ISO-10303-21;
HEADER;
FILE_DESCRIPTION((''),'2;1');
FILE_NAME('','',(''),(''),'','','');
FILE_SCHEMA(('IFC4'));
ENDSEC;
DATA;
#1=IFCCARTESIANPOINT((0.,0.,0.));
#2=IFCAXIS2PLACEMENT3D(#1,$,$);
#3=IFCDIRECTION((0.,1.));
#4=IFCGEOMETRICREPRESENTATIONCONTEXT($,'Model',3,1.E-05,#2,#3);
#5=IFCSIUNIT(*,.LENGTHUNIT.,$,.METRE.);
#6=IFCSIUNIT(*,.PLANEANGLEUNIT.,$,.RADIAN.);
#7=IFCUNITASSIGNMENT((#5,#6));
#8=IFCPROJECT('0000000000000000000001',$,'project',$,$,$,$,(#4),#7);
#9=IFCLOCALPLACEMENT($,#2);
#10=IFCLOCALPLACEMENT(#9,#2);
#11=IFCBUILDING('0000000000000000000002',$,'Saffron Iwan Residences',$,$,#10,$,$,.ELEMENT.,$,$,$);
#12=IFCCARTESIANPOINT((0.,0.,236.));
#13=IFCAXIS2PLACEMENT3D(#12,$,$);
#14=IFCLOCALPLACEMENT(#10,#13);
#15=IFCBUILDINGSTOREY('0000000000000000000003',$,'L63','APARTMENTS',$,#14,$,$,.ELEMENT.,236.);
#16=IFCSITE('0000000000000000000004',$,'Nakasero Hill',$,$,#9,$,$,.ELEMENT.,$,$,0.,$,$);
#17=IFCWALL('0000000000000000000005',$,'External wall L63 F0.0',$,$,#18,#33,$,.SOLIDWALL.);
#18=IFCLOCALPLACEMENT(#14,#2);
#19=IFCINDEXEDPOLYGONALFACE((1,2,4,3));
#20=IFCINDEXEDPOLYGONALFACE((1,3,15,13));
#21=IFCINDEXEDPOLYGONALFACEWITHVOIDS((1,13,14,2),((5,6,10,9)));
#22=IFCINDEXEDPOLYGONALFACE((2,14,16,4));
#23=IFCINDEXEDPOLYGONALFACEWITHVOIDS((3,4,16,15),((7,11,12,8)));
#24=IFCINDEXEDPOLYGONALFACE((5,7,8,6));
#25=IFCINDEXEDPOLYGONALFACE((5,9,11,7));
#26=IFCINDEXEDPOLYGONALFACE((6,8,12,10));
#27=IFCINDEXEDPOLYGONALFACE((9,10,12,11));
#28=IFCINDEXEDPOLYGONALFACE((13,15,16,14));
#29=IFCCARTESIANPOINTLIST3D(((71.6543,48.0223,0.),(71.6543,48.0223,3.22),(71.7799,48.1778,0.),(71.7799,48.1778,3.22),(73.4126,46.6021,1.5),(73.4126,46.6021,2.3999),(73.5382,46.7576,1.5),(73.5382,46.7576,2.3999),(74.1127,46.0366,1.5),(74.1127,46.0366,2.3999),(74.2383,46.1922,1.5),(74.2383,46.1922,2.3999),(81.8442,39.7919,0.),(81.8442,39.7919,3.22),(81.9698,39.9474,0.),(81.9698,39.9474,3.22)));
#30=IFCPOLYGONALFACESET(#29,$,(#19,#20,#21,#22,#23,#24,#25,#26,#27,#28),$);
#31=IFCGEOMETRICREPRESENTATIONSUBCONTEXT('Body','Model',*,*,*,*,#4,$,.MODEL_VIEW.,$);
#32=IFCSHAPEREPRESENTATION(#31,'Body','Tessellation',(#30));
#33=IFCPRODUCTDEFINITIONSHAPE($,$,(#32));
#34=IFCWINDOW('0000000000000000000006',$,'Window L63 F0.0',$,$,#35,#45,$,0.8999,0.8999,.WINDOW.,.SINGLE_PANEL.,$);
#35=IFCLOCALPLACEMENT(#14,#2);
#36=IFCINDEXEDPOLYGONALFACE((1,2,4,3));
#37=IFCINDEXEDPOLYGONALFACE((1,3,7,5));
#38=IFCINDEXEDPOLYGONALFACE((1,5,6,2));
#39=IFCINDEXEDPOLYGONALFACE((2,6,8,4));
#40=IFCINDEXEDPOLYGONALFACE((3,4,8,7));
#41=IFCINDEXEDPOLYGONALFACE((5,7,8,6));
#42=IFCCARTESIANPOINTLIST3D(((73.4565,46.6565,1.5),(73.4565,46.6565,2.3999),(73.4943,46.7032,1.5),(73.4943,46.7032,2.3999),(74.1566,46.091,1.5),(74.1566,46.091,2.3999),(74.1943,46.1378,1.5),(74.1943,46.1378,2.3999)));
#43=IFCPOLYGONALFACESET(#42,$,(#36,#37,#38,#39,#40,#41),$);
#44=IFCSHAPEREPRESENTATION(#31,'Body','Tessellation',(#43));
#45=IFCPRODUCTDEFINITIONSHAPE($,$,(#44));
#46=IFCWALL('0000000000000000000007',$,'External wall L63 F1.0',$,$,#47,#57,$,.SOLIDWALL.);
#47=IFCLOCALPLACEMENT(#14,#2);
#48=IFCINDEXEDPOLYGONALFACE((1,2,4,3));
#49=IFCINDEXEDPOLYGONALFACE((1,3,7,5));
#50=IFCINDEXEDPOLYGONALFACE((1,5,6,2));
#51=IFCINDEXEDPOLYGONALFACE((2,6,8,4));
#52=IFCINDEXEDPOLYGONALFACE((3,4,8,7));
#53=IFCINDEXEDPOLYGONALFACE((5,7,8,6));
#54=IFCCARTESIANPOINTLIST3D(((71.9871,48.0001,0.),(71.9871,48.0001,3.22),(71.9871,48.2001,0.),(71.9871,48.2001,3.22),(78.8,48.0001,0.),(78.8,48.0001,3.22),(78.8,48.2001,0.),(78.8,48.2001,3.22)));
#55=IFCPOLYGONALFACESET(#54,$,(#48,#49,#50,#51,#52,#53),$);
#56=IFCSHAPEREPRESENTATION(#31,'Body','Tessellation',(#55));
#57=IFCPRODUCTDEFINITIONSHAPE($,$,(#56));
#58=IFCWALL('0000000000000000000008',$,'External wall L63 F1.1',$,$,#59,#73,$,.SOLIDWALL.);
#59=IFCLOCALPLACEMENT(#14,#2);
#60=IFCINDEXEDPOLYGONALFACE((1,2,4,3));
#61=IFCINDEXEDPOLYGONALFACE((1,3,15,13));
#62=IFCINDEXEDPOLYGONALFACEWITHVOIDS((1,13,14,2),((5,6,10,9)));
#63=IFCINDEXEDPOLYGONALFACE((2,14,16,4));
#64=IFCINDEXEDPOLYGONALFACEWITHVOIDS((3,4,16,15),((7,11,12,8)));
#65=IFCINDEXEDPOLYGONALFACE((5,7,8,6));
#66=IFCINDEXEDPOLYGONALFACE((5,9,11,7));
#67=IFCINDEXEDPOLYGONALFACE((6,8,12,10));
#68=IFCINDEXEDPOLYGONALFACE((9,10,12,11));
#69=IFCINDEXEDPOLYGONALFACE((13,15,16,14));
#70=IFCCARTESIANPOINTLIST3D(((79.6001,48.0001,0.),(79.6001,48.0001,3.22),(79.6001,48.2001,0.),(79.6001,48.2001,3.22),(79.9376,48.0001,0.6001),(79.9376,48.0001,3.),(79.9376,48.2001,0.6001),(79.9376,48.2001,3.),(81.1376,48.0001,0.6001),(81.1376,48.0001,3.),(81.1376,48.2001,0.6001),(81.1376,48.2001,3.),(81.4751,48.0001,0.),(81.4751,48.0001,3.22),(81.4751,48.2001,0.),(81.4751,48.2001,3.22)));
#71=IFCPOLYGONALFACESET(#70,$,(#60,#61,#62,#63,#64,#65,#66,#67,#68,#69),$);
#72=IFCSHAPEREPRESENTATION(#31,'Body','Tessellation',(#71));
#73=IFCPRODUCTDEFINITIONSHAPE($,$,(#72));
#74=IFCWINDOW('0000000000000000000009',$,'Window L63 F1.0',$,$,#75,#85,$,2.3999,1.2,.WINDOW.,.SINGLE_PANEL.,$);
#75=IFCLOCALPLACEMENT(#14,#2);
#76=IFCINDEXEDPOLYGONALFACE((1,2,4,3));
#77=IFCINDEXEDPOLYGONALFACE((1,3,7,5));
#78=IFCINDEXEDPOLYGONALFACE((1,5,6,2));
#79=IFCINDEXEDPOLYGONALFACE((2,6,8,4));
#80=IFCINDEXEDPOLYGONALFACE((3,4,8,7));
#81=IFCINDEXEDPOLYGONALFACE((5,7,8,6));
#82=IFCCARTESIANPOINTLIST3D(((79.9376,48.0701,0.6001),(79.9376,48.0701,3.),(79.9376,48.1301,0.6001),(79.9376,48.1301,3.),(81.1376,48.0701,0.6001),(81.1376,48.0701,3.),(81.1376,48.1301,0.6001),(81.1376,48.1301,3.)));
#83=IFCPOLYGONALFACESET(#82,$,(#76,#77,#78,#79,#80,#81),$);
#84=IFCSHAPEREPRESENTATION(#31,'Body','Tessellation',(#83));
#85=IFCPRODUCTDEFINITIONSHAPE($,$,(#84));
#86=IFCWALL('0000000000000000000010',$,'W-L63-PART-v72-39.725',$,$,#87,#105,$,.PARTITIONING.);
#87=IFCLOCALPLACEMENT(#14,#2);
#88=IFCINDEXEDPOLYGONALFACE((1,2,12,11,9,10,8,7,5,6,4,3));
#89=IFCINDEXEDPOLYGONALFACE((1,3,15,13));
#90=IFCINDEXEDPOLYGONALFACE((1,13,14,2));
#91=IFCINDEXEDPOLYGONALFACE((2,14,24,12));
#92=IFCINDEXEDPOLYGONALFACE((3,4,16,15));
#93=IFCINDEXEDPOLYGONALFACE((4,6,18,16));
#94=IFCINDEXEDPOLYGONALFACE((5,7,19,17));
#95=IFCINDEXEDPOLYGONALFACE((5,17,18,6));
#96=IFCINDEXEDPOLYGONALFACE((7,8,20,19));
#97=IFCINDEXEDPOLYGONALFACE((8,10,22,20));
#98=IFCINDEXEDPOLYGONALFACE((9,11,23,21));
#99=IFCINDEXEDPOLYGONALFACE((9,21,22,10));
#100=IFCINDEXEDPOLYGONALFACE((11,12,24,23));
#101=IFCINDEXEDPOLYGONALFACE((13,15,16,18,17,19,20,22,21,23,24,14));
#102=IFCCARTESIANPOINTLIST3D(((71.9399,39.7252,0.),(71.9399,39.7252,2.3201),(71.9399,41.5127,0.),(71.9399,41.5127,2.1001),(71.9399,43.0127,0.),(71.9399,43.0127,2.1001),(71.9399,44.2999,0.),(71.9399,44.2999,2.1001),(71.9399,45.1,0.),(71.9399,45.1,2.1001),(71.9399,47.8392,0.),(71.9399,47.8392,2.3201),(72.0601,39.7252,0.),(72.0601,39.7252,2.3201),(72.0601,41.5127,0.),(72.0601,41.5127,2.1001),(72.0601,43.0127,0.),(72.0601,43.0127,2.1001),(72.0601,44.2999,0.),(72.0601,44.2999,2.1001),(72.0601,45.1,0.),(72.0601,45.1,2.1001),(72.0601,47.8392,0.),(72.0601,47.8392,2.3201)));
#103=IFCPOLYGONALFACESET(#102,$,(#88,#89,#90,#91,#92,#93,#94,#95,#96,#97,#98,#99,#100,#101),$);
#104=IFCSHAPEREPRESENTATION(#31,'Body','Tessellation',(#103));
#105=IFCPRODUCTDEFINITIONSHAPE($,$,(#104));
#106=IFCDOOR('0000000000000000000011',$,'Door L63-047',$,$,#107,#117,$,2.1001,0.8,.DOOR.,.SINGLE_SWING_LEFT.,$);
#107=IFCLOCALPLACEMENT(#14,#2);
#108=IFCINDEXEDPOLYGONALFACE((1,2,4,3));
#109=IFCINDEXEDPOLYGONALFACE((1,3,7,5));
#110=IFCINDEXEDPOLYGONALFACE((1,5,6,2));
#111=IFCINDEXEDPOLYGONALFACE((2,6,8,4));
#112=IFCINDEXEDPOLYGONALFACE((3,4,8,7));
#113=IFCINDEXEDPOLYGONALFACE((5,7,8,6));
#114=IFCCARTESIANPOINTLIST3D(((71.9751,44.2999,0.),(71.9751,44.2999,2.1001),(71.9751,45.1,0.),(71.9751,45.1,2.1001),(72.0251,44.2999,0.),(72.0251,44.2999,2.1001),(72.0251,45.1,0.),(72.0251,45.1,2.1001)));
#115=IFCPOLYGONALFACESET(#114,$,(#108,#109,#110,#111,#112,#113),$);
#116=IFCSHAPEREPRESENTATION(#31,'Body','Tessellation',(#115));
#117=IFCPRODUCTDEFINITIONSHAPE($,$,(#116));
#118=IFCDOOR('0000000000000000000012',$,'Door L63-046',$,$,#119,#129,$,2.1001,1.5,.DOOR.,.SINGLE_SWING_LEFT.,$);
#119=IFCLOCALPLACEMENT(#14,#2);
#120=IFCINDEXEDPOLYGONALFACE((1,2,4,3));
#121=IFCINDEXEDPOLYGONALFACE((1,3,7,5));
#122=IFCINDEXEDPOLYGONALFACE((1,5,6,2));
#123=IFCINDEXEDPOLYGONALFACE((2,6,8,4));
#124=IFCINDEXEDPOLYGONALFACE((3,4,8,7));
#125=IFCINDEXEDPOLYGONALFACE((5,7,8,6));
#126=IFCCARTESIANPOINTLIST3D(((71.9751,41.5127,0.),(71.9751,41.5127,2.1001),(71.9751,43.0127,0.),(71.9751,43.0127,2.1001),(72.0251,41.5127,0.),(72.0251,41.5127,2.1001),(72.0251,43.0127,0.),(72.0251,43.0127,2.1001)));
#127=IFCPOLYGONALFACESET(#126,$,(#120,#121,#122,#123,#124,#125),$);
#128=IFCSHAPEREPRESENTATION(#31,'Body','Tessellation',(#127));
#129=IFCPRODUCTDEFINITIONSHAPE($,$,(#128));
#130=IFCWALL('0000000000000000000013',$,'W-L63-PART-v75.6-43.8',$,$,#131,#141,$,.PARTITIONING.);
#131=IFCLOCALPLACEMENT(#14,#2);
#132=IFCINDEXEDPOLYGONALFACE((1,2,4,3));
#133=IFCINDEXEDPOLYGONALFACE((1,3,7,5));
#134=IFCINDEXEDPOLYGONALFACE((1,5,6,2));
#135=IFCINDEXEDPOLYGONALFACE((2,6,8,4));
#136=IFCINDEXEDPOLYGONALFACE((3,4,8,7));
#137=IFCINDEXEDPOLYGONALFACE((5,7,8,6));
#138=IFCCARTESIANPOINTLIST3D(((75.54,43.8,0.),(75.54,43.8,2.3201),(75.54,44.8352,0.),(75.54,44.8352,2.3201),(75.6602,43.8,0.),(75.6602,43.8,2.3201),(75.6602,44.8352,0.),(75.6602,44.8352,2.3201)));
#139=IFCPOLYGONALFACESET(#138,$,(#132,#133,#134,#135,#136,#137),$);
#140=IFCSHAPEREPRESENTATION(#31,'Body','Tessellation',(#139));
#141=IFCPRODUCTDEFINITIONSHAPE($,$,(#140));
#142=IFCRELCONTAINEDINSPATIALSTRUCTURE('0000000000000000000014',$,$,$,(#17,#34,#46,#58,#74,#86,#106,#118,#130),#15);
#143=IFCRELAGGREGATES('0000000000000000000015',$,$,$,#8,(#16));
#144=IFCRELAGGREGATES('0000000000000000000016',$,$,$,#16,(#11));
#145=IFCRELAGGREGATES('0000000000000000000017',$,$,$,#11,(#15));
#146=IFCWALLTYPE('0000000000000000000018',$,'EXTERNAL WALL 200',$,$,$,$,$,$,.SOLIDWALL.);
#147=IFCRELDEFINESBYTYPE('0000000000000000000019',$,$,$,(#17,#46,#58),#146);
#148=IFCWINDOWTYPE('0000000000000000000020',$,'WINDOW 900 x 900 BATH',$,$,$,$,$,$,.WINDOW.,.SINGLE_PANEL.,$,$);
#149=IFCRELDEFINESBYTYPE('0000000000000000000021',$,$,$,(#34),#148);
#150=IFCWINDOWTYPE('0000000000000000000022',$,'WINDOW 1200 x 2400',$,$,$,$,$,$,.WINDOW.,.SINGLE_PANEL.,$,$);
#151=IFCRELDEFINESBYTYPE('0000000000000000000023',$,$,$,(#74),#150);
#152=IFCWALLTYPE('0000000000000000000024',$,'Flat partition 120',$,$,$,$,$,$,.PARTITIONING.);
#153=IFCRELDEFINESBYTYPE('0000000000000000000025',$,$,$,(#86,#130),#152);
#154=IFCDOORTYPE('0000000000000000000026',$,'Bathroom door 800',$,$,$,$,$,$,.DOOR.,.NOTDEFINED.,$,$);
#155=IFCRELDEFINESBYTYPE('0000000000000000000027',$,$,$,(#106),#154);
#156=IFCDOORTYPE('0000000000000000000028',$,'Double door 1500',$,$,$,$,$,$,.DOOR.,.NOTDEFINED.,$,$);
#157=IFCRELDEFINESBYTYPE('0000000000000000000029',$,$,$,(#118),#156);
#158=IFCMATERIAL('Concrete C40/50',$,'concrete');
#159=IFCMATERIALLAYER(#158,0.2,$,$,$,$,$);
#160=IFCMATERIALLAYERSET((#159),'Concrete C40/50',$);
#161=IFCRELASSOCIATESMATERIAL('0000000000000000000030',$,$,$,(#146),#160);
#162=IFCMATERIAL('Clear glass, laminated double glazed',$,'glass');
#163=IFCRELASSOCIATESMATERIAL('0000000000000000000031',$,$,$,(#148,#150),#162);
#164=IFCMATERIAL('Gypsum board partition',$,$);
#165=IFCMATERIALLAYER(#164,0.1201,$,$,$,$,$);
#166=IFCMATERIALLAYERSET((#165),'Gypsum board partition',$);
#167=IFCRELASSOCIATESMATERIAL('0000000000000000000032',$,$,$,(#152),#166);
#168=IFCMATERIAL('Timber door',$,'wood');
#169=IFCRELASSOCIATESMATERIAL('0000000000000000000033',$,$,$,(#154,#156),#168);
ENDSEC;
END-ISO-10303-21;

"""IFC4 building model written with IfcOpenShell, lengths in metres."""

from ifc_helpers import new_model, si_unit, direction, frame, frame_2d, origin, place, context, subcontext, project, spatial, rectangle, extrude, material, layer, layer_set, type_object, element, fill, save


model = new_model("IFC4")

# Units and contexts
model_context = context("Model", 3, precision=1e-05, world=origin(), true_north=direction((0.0, 1.0)))
body_context = subcontext(model_context, "Body", "Model", "MODEL_VIEW")
ifc_project = project(units=[si_unit("LENGTHUNIT", "METRE"), si_unit("PLANEANGLEUNIT", "RADIAN")], contexts=[model_context])

# Site, building, storey
site_placement = place(None, origin())
site = spatial("IfcSite", under=ifc_project, at=site_placement, Name="Nakasero Hill", CompositionType="ELEMENT", RefElevation=0.0)
building_placement = place(site_placement, origin())
building = spatial("IfcBuilding", under=site, at=building_placement, Name="Saffron Iwan Residences", CompositionType="ELEMENT")
storey_placement = place(building_placement, frame((0.0, 0.0, 236.0)))
storey = spatial("IfcBuildingStorey", under=building, at=storey_placement, Name="L63", Description="APARTMENTS", CompositionType="ELEMENT", Elevation=236.0)

# Shared definitions
ifc_material_1 = material(Name="Concrete C40/50", Category="concrete")

# Wall, opening, window
ifc_layer_1 = layer(ifc_material_1, 0.2)
ifc_layer_set_1 = layer_set([ifc_layer_1], Name="Concrete C40/50")
wall_type_1 = type_object("IfcWallType", Name="EXTERNAL WALL 200", PredefinedType="SOLIDWALL", material=ifc_layer_set_1)
wall_1_placement = place(storey_placement, frame((81.907, 39.8696, 0.0), z_axis=(0.0, 0.0, 1.0), x_axis=(-0.777936, 0.628343, 0.0)))
wall_1 = element("IfcWall", 1, at=wall_1_placement, inside=storey, type_object=wall_type_1, Name="External wall L63 F0.0", PredefinedType="SOLIDWALL", context=body_context, shape_type="SweptSolid", body=[
    extrude(rectangle(XDim=13.0986, YDim=0.2, at=frame_2d((6.5493, 0.0))), origin(), (0.0, 0.0, 1.0), 3.22),
])
opening_1_placement = place(wall_1_placement, frame((9.9385, 0.0, 1.5)))
opening_1 = element("IfcOpeningElement", 2, at=opening_1_placement, cuts=wall_1, PredefinedType="OPENING", context=body_context, shape_type="SweptSolid", body=[
    extrude(rectangle(XDim=0.8999, YDim=0.8999, at=frame_2d((0.45, 0.45))), frame((0.0, 0.1099, 0.0), z_axis=(0.0, -1.0, 0.0), x_axis=(1.0, 0.0, 0.0)), (0.0, 0.0, 1.0), 0.22),
])
ifc_material_2 = material(Name="Clear glass, laminated double glazed", Category="glass")
window_type_1 = type_object("IfcWindowType", Name="WINDOW 900 x 900 BATH", PartitioningType="SINGLE_PANEL", PredefinedType="WINDOW", material=ifc_material_2)
window_1_placement = place(opening_1_placement, origin())
window_1 = element("IfcWindow", 3, at=window_1_placement, inside=storey, type_object=window_type_1, Name="Window L63 F0.0", OverallHeight=0.8999, OverallWidth=0.8999, PartitioningType="SINGLE_PANEL", PredefinedType="WINDOW", context=body_context, shape_type="SweptSolid", body=[
    extrude(rectangle(XDim=0.8999, YDim=0.8999, at=frame_2d((0.45, 0.45))), frame((0.0, 0.03, 0.0), z_axis=(0.0, -1.0, 0.0), x_axis=(1.0, 0.0, 0.0)), (0.0, 0.0, 1.0), 0.0601),
])
fill(opening_1, window_1)

# Wall
wall_2_placement = place(storey_placement, frame((71.9871, 48.1001, 0.0), z_axis=(0.0, 0.0, 1.0), x_axis=(1.0, 0.0, 0.0)))
element("IfcWall", 4, at=wall_2_placement, inside=storey, type_object=wall_type_1, Name="External wall L63 F1.0", PredefinedType="SOLIDWALL", context=body_context, shape_type="SweptSolid", body=[
    extrude(rectangle(XDim=6.813, YDim=0.2, at=frame_2d((3.4065, 0.0))), origin(), (0.0, 0.0, 1.0), 3.22),
])

# Wall, opening, window
wall_3_placement = place(storey_placement, frame((79.6001, 48.1001, 0.0), z_axis=(0.0, 0.0, 1.0), x_axis=(1.0, 0.0, 0.0)))
wall_3 = element("IfcWall", 5, at=wall_3_placement, inside=storey, type_object=wall_type_1, Name="External wall L63 F1.1", PredefinedType="SOLIDWALL", context=body_context, shape_type="SweptSolid", body=[
    extrude(rectangle(XDim=1.875, YDim=0.2, at=frame_2d((0.9375, 0.0))), origin(), (0.0, 0.0, 1.0), 3.22),
])
opening_2_placement = place(wall_3_placement, frame((0.3374, 0.0, 0.6001)))
opening_2 = element("IfcOpeningElement", 6, at=opening_2_placement, cuts=wall_3, PredefinedType="OPENING", context=body_context, shape_type="SweptSolid", body=[
    extrude(rectangle(XDim=1.2, YDim=2.3999, at=frame_2d((0.6001, 1.2))), frame((0.0, 0.1099, 0.0), z_axis=(0.0, -1.0, 0.0), x_axis=(1.0, 0.0, 0.0)), (0.0, 0.0, 1.0), 0.22),
])
window_type_2 = type_object("IfcWindowType", Name="WINDOW 1200 x 2400", PartitioningType="SINGLE_PANEL", PredefinedType="WINDOW", material=ifc_material_2)
window_2_placement = place(opening_2_placement, origin())
window_2 = element("IfcWindow", 7, at=window_2_placement, inside=storey, type_object=window_type_2, Name="Window L63 F1.0", OverallHeight=2.3999, OverallWidth=1.2, PartitioningType="SINGLE_PANEL", PredefinedType="WINDOW", context=body_context, shape_type="SweptSolid", body=[
    extrude(rectangle(XDim=1.2, YDim=2.3999, at=frame_2d((0.6001, 1.2))), frame((0.0, 0.03, 0.0), z_axis=(0.0, -1.0, 0.0), x_axis=(1.0, 0.0, 0.0)), (0.0, 0.0, 1.0), 0.0601),
])
fill(opening_2, window_2)

# Wall, openings, doors
ifc_material_3 = material(Name="Gypsum board partition")
ifc_layer_2 = layer(ifc_material_3, 0.1201)
ifc_layer_set_2 = layer_set([ifc_layer_2], Name="Gypsum board partition")
wall_type_2 = type_object("IfcWallType", Name="Flat partition 120", PredefinedType="PARTITIONING", material=ifc_layer_set_2)
wall_4_placement = place(storey_placement, frame((72.0, 39.7251, 0.0), z_axis=(0.0, 0.0, 1.0), x_axis=(0.0, 1.0, 0.0)))
wall_4 = element("IfcWall", 8, at=wall_4_placement, inside=storey, type_object=wall_type_2, Name="W-L63-PART-v72-39.725", PredefinedType="PARTITIONING", context=body_context, shape_type="SweptSolid", body=[
    extrude(rectangle(XDim=8.114, YDim=0.1201, at=frame_2d((4.0571, 0.0))), origin(), (0.0, 0.0, 1.0), 2.3201),
])
opening_3_placement = place(wall_4_placement, frame((1.7876, 0.0, 0.0)))
opening_3 = element("IfcOpeningElement", 9, at=opening_3_placement, cuts=wall_4, PredefinedType="OPENING", context=body_context, shape_type="SweptSolid", body=[
    extrude(rectangle(XDim=1.5, YDim=2.1001, at=frame_2d((0.75, 1.05))), frame((0.0, 0.0701, 0.0), z_axis=(0.0, -1.0, 0.0), x_axis=(1.0, 0.0, 0.0)), (0.0, 0.0, 1.0), 0.1401),
])
opening_4_placement = place(wall_4_placement, frame((4.575, 0.0, 0.0)))
opening_4 = element("IfcOpeningElement", 10, at=opening_4_placement, cuts=wall_4, PredefinedType="OPENING", context=body_context, shape_type="SweptSolid", body=[
    extrude(rectangle(XDim=0.8, YDim=2.1001, at=frame_2d((0.3999, 1.05))), frame((0.0, 0.0701, 0.0), z_axis=(0.0, -1.0, 0.0), x_axis=(1.0, 0.0, 0.0)), (0.0, 0.0, 1.0), 0.1401),
])
ifc_material_4 = material(Name="Timber door", Category="wood")
door_type_1 = type_object("IfcDoorType", Name="Bathroom door 800", OperationType="NOTDEFINED", PredefinedType="DOOR", material=ifc_material_4)
door_1_placement = place(opening_4_placement, origin())
door_1 = element("IfcDoor", 11, at=door_1_placement, inside=storey, type_object=door_type_1, Name="Door L63-047", OperationType="SINGLE_SWING_LEFT", OverallHeight=2.1001, OverallWidth=0.8, PredefinedType="DOOR", context=body_context, shape_type="SweptSolid", body=[
    extrude(rectangle(XDim=0.8, YDim=2.1001, at=frame_2d((0.3999, 1.05))), frame((0.0, 0.0249, 0.0), z_axis=(0.0, -1.0, 0.0), x_axis=(1.0, 0.0, 0.0)), (0.0, 0.0, 1.0), 0.05),
])
fill(opening_4, door_1)
door_type_2 = type_object("IfcDoorType", Name="Double door 1500", OperationType="NOTDEFINED", PredefinedType="DOOR", material=ifc_material_4)
door_2_placement = place(opening_3_placement, origin())
door_2 = element("IfcDoor", 12, at=door_2_placement, inside=storey, type_object=door_type_2, Name="Door L63-046", OperationType="SINGLE_SWING_LEFT", OverallHeight=2.1001, OverallWidth=1.5, PredefinedType="DOOR", context=body_context, shape_type="SweptSolid", body=[
    extrude(rectangle(XDim=1.5, YDim=2.1001, at=frame_2d((0.75, 1.05))), frame((0.0, 0.0249, 0.0), z_axis=(0.0, -1.0, 0.0), x_axis=(1.0, 0.0, 0.0)), (0.0, 0.0, 1.0), 0.05),
])
fill(opening_3, door_2)

# Wall
wall_5_placement = place(storey_placement, frame((75.6001, 43.8, 0.0), z_axis=(0.0, 0.0, 1.0), x_axis=(0.0, 1.0, 0.0)))
element("IfcWall", 13, at=wall_5_placement, inside=storey, type_object=wall_type_2, Name="W-L63-PART-v75.6-43.8", PredefinedType="PARTITIONING", context=body_context, shape_type="SweptSolid", body=[
    extrude(rectangle(XDim=1.0352, YDim=0.1201, at=frame_2d((0.5176, 0.0))), origin(), (0.0, 0.0, 1.0), 2.3201),
])

save(model, "model.ifc")
